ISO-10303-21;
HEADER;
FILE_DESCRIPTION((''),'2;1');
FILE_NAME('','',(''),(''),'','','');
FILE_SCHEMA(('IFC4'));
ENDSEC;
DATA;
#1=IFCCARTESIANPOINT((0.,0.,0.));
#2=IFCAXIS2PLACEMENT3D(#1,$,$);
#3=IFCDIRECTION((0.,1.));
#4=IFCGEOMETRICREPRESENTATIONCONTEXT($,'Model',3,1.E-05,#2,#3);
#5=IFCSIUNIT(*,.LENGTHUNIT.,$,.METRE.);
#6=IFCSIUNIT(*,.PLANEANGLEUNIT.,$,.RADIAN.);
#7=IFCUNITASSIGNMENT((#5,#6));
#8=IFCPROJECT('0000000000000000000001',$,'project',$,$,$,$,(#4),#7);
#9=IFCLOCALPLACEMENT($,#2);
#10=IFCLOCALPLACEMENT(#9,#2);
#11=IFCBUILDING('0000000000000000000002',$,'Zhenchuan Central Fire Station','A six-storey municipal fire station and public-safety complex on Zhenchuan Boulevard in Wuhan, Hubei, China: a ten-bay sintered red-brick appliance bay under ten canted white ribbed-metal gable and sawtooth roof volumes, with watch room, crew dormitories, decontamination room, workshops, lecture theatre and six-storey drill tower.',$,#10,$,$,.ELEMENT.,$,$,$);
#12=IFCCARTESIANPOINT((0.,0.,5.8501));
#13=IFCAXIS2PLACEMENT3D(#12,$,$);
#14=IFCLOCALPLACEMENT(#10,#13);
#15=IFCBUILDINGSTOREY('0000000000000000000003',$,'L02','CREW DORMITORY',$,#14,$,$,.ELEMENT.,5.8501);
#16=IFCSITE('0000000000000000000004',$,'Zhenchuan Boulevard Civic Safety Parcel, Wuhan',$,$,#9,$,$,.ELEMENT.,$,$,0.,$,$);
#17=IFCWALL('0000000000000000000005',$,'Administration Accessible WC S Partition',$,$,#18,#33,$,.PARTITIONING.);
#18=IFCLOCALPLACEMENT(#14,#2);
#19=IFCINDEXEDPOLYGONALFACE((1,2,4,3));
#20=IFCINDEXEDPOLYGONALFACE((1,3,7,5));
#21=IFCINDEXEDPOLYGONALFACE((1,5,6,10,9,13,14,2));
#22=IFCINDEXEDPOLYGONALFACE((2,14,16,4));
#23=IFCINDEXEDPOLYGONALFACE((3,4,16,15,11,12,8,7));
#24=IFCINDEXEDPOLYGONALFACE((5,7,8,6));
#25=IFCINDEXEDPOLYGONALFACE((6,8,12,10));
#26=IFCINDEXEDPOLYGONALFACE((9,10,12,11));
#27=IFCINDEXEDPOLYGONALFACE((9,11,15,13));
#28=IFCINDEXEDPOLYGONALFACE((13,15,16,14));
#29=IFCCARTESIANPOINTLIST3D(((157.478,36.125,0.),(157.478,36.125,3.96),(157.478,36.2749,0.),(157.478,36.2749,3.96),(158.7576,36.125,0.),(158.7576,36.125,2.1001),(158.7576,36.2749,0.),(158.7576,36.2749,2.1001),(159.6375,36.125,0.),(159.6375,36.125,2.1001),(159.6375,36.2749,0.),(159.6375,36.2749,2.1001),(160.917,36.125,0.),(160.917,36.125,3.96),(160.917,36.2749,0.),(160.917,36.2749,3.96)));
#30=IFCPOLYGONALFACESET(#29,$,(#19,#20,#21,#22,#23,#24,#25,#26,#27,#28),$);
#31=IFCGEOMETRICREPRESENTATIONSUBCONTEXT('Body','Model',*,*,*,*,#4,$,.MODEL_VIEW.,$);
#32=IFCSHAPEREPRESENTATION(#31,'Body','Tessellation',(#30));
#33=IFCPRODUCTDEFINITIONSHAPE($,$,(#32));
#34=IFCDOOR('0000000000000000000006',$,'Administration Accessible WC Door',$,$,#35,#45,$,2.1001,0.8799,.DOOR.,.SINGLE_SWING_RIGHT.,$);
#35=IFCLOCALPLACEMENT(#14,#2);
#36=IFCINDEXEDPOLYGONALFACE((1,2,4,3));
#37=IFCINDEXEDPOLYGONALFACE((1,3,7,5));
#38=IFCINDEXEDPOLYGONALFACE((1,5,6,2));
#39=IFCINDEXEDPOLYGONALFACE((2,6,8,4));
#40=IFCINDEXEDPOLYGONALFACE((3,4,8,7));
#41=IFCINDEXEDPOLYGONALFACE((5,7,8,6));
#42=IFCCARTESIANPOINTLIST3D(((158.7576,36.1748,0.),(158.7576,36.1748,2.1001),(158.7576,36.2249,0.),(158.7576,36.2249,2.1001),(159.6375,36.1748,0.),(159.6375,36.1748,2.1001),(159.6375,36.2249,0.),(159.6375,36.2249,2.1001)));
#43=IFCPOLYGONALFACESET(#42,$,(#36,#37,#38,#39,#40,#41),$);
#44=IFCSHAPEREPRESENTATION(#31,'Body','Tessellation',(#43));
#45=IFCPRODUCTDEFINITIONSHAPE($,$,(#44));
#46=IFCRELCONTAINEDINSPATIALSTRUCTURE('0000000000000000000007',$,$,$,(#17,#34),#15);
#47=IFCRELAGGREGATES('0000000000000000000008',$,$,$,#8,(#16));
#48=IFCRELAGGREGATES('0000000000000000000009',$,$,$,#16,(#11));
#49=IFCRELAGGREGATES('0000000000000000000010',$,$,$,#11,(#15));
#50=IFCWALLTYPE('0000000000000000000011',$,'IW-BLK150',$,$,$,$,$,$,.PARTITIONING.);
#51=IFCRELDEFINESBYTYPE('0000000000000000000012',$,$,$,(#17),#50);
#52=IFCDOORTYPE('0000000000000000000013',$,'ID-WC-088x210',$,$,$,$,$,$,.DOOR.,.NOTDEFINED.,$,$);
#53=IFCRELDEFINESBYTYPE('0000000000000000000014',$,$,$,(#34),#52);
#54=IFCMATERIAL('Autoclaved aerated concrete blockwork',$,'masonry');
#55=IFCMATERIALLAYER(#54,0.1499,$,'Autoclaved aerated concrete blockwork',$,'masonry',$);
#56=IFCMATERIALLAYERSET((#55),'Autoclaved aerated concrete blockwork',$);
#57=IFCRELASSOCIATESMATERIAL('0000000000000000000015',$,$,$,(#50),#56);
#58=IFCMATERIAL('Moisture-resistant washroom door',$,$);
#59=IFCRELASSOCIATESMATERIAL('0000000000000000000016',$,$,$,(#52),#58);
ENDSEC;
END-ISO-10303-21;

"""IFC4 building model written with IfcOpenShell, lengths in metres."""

from ifc_helpers import new_model, si_unit, direction, frame, frame_2d, origin, place, context, subcontext, project, spatial, rectangle, extrude, material, layer, layer_set, type_object, element, fill, save


model = new_model("IFC4")

# Units and contexts
model_context = context("Model", 3, precision=1e-05, world=origin(), true_north=direction((0.0, 1.0)))
body_context = subcontext(model_context, "Body", "Model", "MODEL_VIEW")
ifc_project = project(units=[si_unit("LENGTHUNIT", "METRE"), si_unit("PLANEANGLEUNIT", "RADIAN")], contexts=[model_context])

# Site, building, storey
site_placement = place(None, origin())
site = spatial("IfcSite", under=ifc_project, at=site_placement, Name="Zhenchuan Boulevard Civic Safety Parcel, Wuhan", CompositionType="ELEMENT", RefElevation=0.0)
building_placement = place(site_placement, origin())
building = spatial("IfcBuilding", under=site, at=building_placement, Name="Zhenchuan Central Fire Station", Description="A six-storey municipal fire station and public-safety complex on Zhenchuan Boulevard in Wuhan, Hubei, China: a ten-bay sintered red-brick appliance bay under ten canted white ribbed-metal gable and sawtooth roof volumes, with watch room, crew dormitories, decontamination room, workshops, lecture theatre and six-storey drill tower.", CompositionType="ELEMENT")
storey_placement = place(building_placement, frame((0.0, 0.0, 5.8501)))
storey = spatial("IfcBuildingStorey", under=building, at=storey_placement, Name="L02", Description="CREW DORMITORY", CompositionType="ELEMENT", Elevation=5.8501)

# Shared definitions
ifc_material_1 = material(Name="Autoclaved aerated concrete blockwork", Category="masonry")
ifc_layer_1 = layer(ifc_material_1, 0.1499, Name="Autoclaved aerated concrete blockwork", Category="masonry")
ifc_layer_set_1 = layer_set([ifc_layer_1], Name="Autoclaved aerated concrete blockwork")
wall_type = type_object("IfcWallType", Name="IW-BLK150", PredefinedType="PARTITIONING", material=ifc_layer_set_1)

# Wall, opening, door
wall_1_placement = place(storey_placement, frame((157.478, 36.2, 0.0), z_axis=(0.0, 0.0, 1.0), x_axis=(1.0, 0.0, 0.0)))
wall_1 = element("IfcWall", 1, at=wall_1_placement, inside=storey, type_object=wall_type, Name="Administration Accessible WC S Partition", PredefinedType="PARTITIONING", context=body_context, shape_type="SweptSolid", body=[
    extrude(rectangle(XDim=3.439, YDim=0.1499, at=frame_2d((1.7195, 0.0))), origin(), (0.0, 0.0, 1.0), 3.96),
])
opening_placement = place(wall_1_placement, frame((1.2795, 0.0, 0.0)))
opening = element("IfcOpeningElement", 2, at=opening_placement, cuts=wall_1, PredefinedType="OPENING", context=body_context, shape_type="SweptSolid", body=[
    extrude(rectangle(XDim=0.8799, YDim=2.1001, at=frame_2d((0.4399, 1.05))), frame((0.0, 0.085, 0.0), z_axis=(0.0, -1.0, 0.0), x_axis=(1.0, 0.0, 0.0)), (0.0, 0.0, 1.0), 0.1699),
])
ifc_material_2 = material(Name="Moisture-resistant washroom door")
door_type = type_object("IfcDoorType", Name="ID-WC-088x210", OperationType="NOTDEFINED", PredefinedType="DOOR", material=ifc_material_2)
door_placement = place(opening_placement, origin())
door = element("IfcDoor", 3, at=door_placement, inside=storey, type_object=door_type, Name="Administration Accessible WC Door", OperationType="SINGLE_SWING_RIGHT", OverallHeight=2.1001, OverallWidth=0.8799, PredefinedType="DOOR", context=body_context, shape_type="SweptSolid", body=[
    extrude(rectangle(XDim=0.8799, YDim=2.1001, at=frame_2d((0.4399, 1.05))), frame((0.0, 0.0249, 0.0), z_axis=(0.0, -1.0, 0.0), x_axis=(1.0, 0.0, 0.0)), (0.0, 0.0, 1.0), 0.05),
])
fill(opening, door)

save(model, "model.ifc")
